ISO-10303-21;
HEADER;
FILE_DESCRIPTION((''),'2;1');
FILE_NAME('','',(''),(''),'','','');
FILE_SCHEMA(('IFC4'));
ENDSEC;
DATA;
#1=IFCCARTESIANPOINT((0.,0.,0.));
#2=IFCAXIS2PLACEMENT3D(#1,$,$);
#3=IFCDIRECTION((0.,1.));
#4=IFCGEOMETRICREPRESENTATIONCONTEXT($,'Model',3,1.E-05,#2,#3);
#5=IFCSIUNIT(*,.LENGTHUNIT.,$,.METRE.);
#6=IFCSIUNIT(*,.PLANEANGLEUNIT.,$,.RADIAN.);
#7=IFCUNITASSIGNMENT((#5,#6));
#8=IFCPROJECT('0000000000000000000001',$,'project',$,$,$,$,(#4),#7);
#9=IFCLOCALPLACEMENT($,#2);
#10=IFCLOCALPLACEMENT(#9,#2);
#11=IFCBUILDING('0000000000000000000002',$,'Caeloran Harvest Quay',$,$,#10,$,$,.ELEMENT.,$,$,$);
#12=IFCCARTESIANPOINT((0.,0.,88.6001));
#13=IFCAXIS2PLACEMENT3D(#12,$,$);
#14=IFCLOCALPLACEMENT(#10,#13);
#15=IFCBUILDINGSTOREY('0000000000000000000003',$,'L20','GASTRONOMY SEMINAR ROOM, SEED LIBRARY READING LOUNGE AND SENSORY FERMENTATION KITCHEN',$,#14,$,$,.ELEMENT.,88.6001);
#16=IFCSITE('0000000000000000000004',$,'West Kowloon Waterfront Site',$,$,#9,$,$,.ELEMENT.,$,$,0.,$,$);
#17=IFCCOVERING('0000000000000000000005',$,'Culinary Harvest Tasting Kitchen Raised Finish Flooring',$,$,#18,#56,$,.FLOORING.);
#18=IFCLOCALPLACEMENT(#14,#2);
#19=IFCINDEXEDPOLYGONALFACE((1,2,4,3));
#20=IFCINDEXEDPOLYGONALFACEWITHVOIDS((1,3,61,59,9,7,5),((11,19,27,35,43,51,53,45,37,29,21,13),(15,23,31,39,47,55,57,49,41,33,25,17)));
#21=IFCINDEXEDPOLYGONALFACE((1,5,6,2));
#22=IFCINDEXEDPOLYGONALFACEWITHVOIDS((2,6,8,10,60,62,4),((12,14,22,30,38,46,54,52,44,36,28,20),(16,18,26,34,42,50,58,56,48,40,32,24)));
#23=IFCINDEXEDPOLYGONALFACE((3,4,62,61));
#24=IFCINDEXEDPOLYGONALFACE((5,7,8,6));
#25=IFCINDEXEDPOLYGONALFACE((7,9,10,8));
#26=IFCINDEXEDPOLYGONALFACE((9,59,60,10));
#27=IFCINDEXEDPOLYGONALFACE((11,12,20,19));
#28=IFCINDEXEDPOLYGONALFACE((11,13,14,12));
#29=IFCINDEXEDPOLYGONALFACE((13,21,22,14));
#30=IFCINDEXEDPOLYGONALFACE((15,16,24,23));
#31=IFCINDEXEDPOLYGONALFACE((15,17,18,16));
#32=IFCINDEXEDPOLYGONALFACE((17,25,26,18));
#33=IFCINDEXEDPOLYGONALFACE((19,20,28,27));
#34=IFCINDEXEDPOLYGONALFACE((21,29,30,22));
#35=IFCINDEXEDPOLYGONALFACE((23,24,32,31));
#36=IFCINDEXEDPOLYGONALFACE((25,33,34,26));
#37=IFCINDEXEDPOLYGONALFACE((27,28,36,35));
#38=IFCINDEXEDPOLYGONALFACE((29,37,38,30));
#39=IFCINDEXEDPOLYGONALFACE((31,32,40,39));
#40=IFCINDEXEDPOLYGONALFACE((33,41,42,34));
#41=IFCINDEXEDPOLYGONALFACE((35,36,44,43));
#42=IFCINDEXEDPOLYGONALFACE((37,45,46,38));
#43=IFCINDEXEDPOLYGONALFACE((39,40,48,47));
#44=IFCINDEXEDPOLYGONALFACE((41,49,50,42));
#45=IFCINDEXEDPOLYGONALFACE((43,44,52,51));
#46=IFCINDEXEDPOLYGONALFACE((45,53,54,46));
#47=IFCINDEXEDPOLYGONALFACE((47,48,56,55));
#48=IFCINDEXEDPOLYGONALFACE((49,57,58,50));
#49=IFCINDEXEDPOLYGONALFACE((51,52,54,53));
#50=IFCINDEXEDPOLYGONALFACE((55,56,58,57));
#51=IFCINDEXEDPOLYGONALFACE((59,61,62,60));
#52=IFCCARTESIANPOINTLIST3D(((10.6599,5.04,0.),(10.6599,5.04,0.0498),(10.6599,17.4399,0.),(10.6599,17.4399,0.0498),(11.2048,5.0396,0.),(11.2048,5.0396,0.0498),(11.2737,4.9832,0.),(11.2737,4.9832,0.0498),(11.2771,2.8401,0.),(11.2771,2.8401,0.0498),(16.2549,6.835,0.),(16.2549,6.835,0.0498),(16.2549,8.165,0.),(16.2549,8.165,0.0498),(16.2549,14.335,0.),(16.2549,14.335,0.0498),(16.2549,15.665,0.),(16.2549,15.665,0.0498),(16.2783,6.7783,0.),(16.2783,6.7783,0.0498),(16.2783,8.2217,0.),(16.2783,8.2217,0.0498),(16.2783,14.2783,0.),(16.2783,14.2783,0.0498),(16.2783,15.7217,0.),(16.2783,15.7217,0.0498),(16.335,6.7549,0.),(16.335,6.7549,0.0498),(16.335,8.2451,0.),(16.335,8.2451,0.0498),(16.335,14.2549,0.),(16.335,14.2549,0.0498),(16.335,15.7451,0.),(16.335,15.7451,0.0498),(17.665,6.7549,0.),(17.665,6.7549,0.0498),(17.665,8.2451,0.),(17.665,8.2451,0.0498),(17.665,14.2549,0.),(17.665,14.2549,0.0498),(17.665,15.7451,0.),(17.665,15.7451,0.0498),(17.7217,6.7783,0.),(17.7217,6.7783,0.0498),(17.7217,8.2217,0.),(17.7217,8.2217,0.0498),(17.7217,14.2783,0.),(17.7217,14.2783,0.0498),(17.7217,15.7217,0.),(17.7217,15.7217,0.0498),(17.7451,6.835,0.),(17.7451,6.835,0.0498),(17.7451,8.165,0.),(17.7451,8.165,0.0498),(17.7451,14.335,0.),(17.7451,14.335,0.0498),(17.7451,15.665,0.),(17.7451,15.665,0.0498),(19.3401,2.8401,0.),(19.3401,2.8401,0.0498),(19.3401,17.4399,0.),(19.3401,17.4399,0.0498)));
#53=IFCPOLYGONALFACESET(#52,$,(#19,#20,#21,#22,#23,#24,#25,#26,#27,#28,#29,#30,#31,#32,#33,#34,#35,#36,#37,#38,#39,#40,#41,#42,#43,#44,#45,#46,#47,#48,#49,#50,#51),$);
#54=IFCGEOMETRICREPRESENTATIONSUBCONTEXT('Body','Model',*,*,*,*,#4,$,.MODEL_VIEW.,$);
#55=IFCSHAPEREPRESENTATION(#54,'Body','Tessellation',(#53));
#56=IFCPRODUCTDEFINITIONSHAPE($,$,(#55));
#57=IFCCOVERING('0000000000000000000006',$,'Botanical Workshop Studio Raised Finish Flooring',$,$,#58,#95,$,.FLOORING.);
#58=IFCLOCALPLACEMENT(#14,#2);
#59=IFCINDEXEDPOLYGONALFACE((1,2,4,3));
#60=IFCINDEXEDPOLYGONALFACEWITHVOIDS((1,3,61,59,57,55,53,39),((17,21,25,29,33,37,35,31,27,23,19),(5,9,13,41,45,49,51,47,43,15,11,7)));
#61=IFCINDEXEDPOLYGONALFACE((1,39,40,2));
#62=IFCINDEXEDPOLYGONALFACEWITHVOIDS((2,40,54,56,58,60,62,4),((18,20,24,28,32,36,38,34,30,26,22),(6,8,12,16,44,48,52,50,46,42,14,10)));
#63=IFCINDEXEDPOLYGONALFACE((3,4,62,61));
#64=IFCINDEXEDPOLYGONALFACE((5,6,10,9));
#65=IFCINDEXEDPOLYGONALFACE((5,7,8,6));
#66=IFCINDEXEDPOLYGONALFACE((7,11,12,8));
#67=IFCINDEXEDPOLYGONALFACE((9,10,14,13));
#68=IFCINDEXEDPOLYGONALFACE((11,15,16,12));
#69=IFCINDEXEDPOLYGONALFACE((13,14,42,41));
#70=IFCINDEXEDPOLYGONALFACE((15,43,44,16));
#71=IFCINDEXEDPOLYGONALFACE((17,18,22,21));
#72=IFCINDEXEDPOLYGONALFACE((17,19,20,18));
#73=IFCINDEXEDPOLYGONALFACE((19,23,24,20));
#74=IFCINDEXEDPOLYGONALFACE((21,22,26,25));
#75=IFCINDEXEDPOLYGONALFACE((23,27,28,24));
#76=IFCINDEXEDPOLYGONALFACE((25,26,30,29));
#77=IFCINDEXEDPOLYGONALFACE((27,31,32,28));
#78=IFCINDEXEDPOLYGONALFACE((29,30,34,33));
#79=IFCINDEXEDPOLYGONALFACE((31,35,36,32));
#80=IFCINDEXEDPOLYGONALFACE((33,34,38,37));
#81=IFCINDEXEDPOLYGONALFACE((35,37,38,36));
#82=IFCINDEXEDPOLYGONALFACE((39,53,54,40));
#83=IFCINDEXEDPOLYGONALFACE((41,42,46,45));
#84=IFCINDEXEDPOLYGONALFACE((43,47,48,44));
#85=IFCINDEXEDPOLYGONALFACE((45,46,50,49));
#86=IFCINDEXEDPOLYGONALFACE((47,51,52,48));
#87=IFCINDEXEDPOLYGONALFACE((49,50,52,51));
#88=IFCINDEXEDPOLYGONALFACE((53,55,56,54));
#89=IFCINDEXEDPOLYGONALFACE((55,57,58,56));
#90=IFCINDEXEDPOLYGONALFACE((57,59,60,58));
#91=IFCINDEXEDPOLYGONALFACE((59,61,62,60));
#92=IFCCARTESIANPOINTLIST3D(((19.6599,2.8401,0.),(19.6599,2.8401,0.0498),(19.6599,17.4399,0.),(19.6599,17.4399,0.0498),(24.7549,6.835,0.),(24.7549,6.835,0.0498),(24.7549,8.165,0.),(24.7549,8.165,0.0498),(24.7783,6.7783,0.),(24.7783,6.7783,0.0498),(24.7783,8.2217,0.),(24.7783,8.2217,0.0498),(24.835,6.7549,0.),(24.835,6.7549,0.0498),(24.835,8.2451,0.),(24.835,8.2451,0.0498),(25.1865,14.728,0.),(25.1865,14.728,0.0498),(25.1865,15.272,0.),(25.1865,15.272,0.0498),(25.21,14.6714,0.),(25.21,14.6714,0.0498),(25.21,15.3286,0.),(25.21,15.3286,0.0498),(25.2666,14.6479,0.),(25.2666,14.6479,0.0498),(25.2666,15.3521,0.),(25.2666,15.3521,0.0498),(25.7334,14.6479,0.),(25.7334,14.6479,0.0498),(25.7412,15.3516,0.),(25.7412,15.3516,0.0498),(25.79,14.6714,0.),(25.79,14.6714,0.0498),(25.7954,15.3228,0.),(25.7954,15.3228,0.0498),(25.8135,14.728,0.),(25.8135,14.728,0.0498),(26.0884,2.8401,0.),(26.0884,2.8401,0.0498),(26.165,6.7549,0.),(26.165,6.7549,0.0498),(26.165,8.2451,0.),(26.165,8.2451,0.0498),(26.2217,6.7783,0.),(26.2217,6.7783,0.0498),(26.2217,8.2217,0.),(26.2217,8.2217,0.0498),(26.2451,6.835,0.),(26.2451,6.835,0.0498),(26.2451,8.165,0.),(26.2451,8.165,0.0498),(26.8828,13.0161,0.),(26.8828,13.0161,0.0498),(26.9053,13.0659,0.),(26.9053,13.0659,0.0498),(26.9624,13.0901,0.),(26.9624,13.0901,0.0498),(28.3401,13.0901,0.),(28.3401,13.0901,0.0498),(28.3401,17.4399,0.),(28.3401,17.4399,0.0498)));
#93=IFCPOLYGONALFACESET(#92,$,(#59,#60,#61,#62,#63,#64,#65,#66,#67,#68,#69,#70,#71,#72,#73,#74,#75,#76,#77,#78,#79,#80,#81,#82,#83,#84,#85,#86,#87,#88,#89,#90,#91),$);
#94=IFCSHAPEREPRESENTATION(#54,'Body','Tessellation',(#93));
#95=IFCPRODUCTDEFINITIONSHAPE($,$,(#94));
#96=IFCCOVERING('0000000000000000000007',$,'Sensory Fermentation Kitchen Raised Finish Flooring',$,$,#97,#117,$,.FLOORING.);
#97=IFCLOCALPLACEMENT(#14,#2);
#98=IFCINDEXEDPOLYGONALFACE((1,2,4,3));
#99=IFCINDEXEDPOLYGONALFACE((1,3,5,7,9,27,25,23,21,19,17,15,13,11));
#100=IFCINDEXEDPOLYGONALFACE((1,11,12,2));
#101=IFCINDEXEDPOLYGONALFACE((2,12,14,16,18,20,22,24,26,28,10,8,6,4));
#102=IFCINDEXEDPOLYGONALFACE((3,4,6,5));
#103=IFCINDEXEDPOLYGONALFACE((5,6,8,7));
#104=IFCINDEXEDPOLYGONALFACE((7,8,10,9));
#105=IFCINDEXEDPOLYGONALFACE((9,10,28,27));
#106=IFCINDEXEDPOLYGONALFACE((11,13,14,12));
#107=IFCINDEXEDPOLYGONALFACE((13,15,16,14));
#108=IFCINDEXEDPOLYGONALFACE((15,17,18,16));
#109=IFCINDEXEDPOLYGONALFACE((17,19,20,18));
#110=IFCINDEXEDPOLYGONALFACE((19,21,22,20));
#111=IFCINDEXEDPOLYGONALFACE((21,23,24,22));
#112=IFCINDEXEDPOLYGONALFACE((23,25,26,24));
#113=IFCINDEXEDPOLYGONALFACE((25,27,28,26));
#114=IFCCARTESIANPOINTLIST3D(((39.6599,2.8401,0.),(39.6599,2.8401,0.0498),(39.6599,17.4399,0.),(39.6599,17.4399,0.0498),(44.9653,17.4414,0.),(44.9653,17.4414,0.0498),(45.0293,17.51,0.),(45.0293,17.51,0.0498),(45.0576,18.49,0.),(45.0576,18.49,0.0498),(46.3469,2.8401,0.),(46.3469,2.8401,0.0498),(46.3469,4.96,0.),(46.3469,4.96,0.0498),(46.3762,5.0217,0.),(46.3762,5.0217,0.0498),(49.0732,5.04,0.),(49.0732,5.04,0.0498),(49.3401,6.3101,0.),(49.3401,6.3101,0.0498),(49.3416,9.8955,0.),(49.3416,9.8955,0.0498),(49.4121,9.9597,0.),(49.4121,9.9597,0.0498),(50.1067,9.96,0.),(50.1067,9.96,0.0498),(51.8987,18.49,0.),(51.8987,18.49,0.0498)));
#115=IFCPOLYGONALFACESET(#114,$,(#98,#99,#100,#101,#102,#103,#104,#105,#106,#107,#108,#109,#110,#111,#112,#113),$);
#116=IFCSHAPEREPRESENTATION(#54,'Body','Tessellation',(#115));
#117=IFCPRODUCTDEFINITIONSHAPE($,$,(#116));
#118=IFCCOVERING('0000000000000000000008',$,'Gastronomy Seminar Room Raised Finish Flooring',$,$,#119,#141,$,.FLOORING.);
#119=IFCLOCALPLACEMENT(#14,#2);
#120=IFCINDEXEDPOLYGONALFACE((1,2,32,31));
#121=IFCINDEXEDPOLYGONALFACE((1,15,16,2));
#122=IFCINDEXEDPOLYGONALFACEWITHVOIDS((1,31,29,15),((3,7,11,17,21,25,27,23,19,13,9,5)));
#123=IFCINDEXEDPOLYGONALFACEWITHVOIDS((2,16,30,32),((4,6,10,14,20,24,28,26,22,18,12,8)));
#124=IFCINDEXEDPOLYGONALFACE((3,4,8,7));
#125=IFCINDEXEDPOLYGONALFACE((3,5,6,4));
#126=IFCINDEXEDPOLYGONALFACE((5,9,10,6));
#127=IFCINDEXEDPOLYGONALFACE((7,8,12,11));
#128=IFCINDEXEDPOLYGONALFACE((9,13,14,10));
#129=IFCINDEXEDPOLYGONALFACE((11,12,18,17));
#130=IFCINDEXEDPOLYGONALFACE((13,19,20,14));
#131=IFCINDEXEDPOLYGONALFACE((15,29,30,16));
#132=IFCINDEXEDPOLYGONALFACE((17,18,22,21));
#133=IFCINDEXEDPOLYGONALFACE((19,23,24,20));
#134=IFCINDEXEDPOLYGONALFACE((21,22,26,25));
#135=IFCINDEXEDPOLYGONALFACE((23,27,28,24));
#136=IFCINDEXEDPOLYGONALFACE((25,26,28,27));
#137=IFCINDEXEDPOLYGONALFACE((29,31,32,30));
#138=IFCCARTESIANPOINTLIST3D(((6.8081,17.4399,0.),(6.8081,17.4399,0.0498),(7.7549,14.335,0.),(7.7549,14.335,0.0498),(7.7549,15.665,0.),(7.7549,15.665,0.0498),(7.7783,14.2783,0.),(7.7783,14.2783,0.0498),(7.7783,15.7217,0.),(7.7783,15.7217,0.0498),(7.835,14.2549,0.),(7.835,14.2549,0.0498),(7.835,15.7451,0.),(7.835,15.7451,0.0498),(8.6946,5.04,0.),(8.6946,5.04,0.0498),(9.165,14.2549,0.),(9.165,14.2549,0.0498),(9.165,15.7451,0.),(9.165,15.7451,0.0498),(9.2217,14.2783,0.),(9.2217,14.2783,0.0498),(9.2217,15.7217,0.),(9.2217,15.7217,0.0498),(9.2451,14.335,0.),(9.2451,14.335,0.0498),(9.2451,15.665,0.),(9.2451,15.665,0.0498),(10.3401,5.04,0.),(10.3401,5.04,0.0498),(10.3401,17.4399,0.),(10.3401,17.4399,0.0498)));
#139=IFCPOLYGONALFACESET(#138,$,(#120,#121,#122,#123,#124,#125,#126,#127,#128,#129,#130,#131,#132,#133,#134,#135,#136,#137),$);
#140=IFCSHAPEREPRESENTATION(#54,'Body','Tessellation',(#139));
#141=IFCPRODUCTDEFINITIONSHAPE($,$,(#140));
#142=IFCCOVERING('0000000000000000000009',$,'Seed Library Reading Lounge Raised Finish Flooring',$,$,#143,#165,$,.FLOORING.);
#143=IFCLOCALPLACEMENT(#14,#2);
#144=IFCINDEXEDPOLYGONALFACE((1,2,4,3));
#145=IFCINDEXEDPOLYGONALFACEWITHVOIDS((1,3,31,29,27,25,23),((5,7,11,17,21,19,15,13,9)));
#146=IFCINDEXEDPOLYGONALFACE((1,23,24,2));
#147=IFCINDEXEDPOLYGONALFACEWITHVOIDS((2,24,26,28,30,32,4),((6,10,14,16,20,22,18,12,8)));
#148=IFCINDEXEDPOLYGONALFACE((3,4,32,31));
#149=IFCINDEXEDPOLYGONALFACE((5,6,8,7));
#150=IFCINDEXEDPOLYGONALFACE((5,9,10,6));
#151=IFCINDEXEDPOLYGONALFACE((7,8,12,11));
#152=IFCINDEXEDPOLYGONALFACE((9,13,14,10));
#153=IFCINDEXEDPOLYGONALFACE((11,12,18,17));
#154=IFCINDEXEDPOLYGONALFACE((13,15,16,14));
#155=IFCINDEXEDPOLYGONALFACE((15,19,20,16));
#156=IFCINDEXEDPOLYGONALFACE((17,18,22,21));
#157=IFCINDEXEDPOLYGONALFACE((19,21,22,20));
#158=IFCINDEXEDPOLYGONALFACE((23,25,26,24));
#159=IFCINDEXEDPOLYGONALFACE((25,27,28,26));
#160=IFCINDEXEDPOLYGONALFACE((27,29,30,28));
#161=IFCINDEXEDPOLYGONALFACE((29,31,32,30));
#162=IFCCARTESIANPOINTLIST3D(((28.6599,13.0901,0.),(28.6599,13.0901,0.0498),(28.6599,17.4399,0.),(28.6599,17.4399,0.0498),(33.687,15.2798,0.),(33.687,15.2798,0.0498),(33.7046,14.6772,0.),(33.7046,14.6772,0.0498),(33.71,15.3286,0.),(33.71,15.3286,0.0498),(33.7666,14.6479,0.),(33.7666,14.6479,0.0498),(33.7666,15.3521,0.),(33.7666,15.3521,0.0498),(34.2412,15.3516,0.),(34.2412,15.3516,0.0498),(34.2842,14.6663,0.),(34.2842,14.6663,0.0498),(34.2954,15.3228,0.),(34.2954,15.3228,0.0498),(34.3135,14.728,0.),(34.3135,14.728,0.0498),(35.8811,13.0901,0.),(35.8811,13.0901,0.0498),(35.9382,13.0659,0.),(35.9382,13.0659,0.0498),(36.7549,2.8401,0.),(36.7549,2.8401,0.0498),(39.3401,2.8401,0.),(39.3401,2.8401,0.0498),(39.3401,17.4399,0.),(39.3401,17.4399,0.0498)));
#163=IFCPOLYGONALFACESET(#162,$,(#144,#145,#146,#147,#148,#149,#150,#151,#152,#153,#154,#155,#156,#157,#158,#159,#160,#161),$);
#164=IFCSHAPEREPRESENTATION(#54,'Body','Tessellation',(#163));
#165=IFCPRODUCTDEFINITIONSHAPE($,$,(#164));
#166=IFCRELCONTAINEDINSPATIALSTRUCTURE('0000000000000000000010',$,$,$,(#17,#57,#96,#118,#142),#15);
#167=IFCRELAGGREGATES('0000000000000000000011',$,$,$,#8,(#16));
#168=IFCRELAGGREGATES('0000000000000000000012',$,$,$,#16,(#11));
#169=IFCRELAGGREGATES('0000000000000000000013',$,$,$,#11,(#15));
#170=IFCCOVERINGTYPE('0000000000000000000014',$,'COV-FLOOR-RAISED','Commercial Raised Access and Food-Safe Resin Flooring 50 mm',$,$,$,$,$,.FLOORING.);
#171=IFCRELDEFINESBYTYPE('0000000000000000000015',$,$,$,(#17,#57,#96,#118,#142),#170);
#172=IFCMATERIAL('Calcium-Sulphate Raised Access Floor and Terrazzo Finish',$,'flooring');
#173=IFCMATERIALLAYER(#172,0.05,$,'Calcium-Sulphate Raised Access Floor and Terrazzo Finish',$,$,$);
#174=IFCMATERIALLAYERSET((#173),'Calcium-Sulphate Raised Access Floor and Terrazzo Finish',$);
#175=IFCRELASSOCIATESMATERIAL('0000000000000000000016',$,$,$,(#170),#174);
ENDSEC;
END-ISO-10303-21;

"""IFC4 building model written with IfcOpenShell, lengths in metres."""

from ifc_helpers import new_model, si_unit, direction, frame, origin, place, context, subcontext, project, spatial, polyline, outline, extrude, material, layer, layer_set, type_object, element, save


model = new_model("IFC4")

# Units and contexts
model_context = context("Model", 3, precision=1e-05, world=origin(), true_north=direction((0.0, 1.0)))
body_context = subcontext(model_context, "Body", "Model", "MODEL_VIEW")
ifc_project = project(units=[si_unit("LENGTHUNIT", "METRE"), si_unit("PLANEANGLEUNIT", "RADIAN")], contexts=[model_context])

# Site, building, storey
site_placement = place(None, origin())
site = spatial("IfcSite", under=ifc_project, at=site_placement, Name="West Kowloon Waterfront Site", CompositionType="ELEMENT", RefElevation=0.0)
building_placement = place(site_placement, origin())
building = spatial("IfcBuilding", under=site, at=building_placement, Name="Caeloran Harvest Quay", CompositionType="ELEMENT")
storey_placement = place(building_placement, frame((0.0, 0.0, 88.6001)))
storey = spatial("IfcBuildingStorey", under=building, at=storey_placement, Name="L20", Description="GASTRONOMY SEMINAR ROOM, SEED LIBRARY READING LOUNGE AND SENSORY FERMENTATION KITCHEN", CompositionType="ELEMENT", Elevation=88.6001)

# Coverings
ifc_material_1 = material(Name="Calcium-Sulphate Raised Access Floor and Terrazzo Finish", Category="flooring")
ifc_layer_1 = layer(ifc_material_1, 0.05, Name="Calcium-Sulphate Raised Access Floor and Terrazzo Finish")
ifc_layer_set_1 = layer_set([ifc_layer_1], Name="Calcium-Sulphate Raised Access Floor and Terrazzo Finish")
covering_type_1 = type_object("IfcCoveringType", Name="COV-FLOOR-RAISED", Description="Commercial Raised Access and Food-Safe Resin Flooring 50 mm", PredefinedType="FLOORING", material=ifc_layer_set_1)
covering_1_placement = place(storey_placement, origin())
element("IfcCovering", 1, at=covering_1_placement, inside=storey, type_object=covering_type_1, Name="Culinary Harvest Tasting Kitchen Raised Finish Flooring", PredefinedType="FLOORING", context=body_context, shape_type="SweptSolid", body=[
    extrude(outline(polyline([(19.3401, 2.8401), (11.2771, 2.8401), (11.2737, 4.9832), (11.2048, 5.0396), (10.6599, 5.04), (10.6599, 17.4399), (19.3401, 17.4399), (19.3401, 2.8401)]), holes=[polyline([(16.335, 8.2451), (16.2783, 8.2217), (16.2549, 8.165), (16.2549, 6.835), (16.2783, 6.7783), (16.335, 6.7549), (17.665, 6.7549), (17.7217, 6.7783), (17.7451, 6.835), (17.7451, 8.165), (17.7217, 8.2217), (17.665, 8.2451), (16.335, 8.2451)]), polyline([(17.7451, 15.665), (17.7217, 15.7217), (17.665, 15.7451), (16.335, 15.7451), (16.2783, 15.7217), (16.2549, 15.665), (16.2549, 14.335), (16.2783, 14.2783), (16.335, 14.2549), (17.665, 14.2549), (17.7217, 14.2783), (17.7451, 14.335), (17.7451, 15.665)])]), origin(), (0.0, 0.0, 1.0), 0.0498),
])
covering_2_placement = place(storey_placement, origin())
element("IfcCovering", 2, at=covering_2_placement, inside=storey, type_object=covering_type_1, Name="Botanical Workshop Studio Raised Finish Flooring", PredefinedType="FLOORING", context=body_context, shape_type="SweptSolid", body=[
    extrude(outline(polyline([(26.9624, 13.0901), (26.9053, 13.0659), (26.8828, 13.0161), (26.0884, 2.8401), (19.6599, 2.8401), (19.6599, 17.4399), (28.3401, 17.4399), (28.3401, 13.0901), (26.9624, 13.0901)]), holes=[polyline([(26.2451, 8.165), (26.2217, 8.2217), (26.165, 8.2451), (24.835, 8.2451), (24.7783, 8.2217), (24.7549, 8.165), (24.7549, 6.835), (24.7783, 6.7783), (24.835, 6.7549), (26.165, 6.7549), (26.2217, 6.7783), (26.2451, 6.835), (26.2451, 8.165)]), polyline([(25.8135, 14.728), (25.7954, 15.3228), (25.7412, 15.3516), (25.2666, 15.3521), (25.21, 15.3286), (25.1865, 15.272), (25.1865, 14.728), (25.21, 14.6714), (25.2666, 14.6479), (25.7334, 14.6479), (25.79, 14.6714), (25.8135, 14.728)])]), origin(), (0.0, 0.0, 1.0), 0.0498),
])
covering_3_placement = place(storey_placement, origin())
element("IfcCovering", 3, at=covering_3_placement, inside=storey, type_object=covering_type_1, Name="Sensory Fermentation Kitchen Raised Finish Flooring", PredefinedType="FLOORING", context=body_context, shape_type="SweptSolid", body=[
    extrude(outline(polyline([(51.8987, 18.49), (50.1067, 9.96), (49.4121, 9.9597), (49.3416, 9.8955), (49.3401, 6.3101), (49.0732, 5.04), (46.3762, 5.0217), (46.3469, 4.96), (46.3469, 2.8401), (39.6599, 2.8401), (39.6599, 17.4399), (44.9653, 17.4414), (45.0293, 17.51), (45.0576, 18.49), (51.8987, 18.49)])), origin(), (0.0, 0.0, 1.0), 0.0498),
])
covering_4_placement = place(storey_placement, origin())
element("IfcCovering", 4, at=covering_4_placement, inside=storey, type_object=covering_type_1, Name="Gastronomy Seminar Room Raised Finish Flooring", PredefinedType="FLOORING", context=body_context, shape_type="SweptSolid", body=[
    extrude(outline(polyline([(10.3401, 17.4399), (10.3401, 5.04), (8.6946, 5.04), (6.8081, 17.4399), (10.3401, 17.4399)]), holes=[polyline([(9.2451, 15.665), (9.2217, 15.7217), (9.165, 15.7451), (7.835, 15.7451), (7.7783, 15.7217), (7.7549, 15.665), (7.7549, 14.335), (7.7783, 14.2783), (7.835, 14.2549), (9.165, 14.2549), (9.2217, 14.2783), (9.2451, 14.335), (9.2451, 15.665)])]), origin(), (0.0, 0.0, 1.0), 0.0498),
])
covering_5_placement = place(storey_placement, origin())
element("IfcCovering", 5, at=covering_5_placement, inside=storey, type_object=covering_type_1, Name="Seed Library Reading Lounge Raised Finish Flooring", PredefinedType="FLOORING", context=body_context, shape_type="SweptSolid", body=[
    extrude(outline(polyline([(28.6599, 13.0901), (28.6599, 17.4399), (39.3401, 17.4399), (39.3401, 2.8401), (36.7549, 2.8401), (35.9382, 13.0659), (35.8811, 13.0901), (28.6599, 13.0901)]), holes=[polyline([(33.7666, 15.3521), (33.71, 15.3286), (33.687, 15.2798), (33.7046, 14.6772), (33.7666, 14.6479), (34.2842, 14.6663), (34.3135, 14.728), (34.2954, 15.3228), (34.2412, 15.3516), (33.7666, 15.3521)])]), origin(), (0.0, 0.0, 1.0), 0.0498),
])

save(model, "model.ifc")
